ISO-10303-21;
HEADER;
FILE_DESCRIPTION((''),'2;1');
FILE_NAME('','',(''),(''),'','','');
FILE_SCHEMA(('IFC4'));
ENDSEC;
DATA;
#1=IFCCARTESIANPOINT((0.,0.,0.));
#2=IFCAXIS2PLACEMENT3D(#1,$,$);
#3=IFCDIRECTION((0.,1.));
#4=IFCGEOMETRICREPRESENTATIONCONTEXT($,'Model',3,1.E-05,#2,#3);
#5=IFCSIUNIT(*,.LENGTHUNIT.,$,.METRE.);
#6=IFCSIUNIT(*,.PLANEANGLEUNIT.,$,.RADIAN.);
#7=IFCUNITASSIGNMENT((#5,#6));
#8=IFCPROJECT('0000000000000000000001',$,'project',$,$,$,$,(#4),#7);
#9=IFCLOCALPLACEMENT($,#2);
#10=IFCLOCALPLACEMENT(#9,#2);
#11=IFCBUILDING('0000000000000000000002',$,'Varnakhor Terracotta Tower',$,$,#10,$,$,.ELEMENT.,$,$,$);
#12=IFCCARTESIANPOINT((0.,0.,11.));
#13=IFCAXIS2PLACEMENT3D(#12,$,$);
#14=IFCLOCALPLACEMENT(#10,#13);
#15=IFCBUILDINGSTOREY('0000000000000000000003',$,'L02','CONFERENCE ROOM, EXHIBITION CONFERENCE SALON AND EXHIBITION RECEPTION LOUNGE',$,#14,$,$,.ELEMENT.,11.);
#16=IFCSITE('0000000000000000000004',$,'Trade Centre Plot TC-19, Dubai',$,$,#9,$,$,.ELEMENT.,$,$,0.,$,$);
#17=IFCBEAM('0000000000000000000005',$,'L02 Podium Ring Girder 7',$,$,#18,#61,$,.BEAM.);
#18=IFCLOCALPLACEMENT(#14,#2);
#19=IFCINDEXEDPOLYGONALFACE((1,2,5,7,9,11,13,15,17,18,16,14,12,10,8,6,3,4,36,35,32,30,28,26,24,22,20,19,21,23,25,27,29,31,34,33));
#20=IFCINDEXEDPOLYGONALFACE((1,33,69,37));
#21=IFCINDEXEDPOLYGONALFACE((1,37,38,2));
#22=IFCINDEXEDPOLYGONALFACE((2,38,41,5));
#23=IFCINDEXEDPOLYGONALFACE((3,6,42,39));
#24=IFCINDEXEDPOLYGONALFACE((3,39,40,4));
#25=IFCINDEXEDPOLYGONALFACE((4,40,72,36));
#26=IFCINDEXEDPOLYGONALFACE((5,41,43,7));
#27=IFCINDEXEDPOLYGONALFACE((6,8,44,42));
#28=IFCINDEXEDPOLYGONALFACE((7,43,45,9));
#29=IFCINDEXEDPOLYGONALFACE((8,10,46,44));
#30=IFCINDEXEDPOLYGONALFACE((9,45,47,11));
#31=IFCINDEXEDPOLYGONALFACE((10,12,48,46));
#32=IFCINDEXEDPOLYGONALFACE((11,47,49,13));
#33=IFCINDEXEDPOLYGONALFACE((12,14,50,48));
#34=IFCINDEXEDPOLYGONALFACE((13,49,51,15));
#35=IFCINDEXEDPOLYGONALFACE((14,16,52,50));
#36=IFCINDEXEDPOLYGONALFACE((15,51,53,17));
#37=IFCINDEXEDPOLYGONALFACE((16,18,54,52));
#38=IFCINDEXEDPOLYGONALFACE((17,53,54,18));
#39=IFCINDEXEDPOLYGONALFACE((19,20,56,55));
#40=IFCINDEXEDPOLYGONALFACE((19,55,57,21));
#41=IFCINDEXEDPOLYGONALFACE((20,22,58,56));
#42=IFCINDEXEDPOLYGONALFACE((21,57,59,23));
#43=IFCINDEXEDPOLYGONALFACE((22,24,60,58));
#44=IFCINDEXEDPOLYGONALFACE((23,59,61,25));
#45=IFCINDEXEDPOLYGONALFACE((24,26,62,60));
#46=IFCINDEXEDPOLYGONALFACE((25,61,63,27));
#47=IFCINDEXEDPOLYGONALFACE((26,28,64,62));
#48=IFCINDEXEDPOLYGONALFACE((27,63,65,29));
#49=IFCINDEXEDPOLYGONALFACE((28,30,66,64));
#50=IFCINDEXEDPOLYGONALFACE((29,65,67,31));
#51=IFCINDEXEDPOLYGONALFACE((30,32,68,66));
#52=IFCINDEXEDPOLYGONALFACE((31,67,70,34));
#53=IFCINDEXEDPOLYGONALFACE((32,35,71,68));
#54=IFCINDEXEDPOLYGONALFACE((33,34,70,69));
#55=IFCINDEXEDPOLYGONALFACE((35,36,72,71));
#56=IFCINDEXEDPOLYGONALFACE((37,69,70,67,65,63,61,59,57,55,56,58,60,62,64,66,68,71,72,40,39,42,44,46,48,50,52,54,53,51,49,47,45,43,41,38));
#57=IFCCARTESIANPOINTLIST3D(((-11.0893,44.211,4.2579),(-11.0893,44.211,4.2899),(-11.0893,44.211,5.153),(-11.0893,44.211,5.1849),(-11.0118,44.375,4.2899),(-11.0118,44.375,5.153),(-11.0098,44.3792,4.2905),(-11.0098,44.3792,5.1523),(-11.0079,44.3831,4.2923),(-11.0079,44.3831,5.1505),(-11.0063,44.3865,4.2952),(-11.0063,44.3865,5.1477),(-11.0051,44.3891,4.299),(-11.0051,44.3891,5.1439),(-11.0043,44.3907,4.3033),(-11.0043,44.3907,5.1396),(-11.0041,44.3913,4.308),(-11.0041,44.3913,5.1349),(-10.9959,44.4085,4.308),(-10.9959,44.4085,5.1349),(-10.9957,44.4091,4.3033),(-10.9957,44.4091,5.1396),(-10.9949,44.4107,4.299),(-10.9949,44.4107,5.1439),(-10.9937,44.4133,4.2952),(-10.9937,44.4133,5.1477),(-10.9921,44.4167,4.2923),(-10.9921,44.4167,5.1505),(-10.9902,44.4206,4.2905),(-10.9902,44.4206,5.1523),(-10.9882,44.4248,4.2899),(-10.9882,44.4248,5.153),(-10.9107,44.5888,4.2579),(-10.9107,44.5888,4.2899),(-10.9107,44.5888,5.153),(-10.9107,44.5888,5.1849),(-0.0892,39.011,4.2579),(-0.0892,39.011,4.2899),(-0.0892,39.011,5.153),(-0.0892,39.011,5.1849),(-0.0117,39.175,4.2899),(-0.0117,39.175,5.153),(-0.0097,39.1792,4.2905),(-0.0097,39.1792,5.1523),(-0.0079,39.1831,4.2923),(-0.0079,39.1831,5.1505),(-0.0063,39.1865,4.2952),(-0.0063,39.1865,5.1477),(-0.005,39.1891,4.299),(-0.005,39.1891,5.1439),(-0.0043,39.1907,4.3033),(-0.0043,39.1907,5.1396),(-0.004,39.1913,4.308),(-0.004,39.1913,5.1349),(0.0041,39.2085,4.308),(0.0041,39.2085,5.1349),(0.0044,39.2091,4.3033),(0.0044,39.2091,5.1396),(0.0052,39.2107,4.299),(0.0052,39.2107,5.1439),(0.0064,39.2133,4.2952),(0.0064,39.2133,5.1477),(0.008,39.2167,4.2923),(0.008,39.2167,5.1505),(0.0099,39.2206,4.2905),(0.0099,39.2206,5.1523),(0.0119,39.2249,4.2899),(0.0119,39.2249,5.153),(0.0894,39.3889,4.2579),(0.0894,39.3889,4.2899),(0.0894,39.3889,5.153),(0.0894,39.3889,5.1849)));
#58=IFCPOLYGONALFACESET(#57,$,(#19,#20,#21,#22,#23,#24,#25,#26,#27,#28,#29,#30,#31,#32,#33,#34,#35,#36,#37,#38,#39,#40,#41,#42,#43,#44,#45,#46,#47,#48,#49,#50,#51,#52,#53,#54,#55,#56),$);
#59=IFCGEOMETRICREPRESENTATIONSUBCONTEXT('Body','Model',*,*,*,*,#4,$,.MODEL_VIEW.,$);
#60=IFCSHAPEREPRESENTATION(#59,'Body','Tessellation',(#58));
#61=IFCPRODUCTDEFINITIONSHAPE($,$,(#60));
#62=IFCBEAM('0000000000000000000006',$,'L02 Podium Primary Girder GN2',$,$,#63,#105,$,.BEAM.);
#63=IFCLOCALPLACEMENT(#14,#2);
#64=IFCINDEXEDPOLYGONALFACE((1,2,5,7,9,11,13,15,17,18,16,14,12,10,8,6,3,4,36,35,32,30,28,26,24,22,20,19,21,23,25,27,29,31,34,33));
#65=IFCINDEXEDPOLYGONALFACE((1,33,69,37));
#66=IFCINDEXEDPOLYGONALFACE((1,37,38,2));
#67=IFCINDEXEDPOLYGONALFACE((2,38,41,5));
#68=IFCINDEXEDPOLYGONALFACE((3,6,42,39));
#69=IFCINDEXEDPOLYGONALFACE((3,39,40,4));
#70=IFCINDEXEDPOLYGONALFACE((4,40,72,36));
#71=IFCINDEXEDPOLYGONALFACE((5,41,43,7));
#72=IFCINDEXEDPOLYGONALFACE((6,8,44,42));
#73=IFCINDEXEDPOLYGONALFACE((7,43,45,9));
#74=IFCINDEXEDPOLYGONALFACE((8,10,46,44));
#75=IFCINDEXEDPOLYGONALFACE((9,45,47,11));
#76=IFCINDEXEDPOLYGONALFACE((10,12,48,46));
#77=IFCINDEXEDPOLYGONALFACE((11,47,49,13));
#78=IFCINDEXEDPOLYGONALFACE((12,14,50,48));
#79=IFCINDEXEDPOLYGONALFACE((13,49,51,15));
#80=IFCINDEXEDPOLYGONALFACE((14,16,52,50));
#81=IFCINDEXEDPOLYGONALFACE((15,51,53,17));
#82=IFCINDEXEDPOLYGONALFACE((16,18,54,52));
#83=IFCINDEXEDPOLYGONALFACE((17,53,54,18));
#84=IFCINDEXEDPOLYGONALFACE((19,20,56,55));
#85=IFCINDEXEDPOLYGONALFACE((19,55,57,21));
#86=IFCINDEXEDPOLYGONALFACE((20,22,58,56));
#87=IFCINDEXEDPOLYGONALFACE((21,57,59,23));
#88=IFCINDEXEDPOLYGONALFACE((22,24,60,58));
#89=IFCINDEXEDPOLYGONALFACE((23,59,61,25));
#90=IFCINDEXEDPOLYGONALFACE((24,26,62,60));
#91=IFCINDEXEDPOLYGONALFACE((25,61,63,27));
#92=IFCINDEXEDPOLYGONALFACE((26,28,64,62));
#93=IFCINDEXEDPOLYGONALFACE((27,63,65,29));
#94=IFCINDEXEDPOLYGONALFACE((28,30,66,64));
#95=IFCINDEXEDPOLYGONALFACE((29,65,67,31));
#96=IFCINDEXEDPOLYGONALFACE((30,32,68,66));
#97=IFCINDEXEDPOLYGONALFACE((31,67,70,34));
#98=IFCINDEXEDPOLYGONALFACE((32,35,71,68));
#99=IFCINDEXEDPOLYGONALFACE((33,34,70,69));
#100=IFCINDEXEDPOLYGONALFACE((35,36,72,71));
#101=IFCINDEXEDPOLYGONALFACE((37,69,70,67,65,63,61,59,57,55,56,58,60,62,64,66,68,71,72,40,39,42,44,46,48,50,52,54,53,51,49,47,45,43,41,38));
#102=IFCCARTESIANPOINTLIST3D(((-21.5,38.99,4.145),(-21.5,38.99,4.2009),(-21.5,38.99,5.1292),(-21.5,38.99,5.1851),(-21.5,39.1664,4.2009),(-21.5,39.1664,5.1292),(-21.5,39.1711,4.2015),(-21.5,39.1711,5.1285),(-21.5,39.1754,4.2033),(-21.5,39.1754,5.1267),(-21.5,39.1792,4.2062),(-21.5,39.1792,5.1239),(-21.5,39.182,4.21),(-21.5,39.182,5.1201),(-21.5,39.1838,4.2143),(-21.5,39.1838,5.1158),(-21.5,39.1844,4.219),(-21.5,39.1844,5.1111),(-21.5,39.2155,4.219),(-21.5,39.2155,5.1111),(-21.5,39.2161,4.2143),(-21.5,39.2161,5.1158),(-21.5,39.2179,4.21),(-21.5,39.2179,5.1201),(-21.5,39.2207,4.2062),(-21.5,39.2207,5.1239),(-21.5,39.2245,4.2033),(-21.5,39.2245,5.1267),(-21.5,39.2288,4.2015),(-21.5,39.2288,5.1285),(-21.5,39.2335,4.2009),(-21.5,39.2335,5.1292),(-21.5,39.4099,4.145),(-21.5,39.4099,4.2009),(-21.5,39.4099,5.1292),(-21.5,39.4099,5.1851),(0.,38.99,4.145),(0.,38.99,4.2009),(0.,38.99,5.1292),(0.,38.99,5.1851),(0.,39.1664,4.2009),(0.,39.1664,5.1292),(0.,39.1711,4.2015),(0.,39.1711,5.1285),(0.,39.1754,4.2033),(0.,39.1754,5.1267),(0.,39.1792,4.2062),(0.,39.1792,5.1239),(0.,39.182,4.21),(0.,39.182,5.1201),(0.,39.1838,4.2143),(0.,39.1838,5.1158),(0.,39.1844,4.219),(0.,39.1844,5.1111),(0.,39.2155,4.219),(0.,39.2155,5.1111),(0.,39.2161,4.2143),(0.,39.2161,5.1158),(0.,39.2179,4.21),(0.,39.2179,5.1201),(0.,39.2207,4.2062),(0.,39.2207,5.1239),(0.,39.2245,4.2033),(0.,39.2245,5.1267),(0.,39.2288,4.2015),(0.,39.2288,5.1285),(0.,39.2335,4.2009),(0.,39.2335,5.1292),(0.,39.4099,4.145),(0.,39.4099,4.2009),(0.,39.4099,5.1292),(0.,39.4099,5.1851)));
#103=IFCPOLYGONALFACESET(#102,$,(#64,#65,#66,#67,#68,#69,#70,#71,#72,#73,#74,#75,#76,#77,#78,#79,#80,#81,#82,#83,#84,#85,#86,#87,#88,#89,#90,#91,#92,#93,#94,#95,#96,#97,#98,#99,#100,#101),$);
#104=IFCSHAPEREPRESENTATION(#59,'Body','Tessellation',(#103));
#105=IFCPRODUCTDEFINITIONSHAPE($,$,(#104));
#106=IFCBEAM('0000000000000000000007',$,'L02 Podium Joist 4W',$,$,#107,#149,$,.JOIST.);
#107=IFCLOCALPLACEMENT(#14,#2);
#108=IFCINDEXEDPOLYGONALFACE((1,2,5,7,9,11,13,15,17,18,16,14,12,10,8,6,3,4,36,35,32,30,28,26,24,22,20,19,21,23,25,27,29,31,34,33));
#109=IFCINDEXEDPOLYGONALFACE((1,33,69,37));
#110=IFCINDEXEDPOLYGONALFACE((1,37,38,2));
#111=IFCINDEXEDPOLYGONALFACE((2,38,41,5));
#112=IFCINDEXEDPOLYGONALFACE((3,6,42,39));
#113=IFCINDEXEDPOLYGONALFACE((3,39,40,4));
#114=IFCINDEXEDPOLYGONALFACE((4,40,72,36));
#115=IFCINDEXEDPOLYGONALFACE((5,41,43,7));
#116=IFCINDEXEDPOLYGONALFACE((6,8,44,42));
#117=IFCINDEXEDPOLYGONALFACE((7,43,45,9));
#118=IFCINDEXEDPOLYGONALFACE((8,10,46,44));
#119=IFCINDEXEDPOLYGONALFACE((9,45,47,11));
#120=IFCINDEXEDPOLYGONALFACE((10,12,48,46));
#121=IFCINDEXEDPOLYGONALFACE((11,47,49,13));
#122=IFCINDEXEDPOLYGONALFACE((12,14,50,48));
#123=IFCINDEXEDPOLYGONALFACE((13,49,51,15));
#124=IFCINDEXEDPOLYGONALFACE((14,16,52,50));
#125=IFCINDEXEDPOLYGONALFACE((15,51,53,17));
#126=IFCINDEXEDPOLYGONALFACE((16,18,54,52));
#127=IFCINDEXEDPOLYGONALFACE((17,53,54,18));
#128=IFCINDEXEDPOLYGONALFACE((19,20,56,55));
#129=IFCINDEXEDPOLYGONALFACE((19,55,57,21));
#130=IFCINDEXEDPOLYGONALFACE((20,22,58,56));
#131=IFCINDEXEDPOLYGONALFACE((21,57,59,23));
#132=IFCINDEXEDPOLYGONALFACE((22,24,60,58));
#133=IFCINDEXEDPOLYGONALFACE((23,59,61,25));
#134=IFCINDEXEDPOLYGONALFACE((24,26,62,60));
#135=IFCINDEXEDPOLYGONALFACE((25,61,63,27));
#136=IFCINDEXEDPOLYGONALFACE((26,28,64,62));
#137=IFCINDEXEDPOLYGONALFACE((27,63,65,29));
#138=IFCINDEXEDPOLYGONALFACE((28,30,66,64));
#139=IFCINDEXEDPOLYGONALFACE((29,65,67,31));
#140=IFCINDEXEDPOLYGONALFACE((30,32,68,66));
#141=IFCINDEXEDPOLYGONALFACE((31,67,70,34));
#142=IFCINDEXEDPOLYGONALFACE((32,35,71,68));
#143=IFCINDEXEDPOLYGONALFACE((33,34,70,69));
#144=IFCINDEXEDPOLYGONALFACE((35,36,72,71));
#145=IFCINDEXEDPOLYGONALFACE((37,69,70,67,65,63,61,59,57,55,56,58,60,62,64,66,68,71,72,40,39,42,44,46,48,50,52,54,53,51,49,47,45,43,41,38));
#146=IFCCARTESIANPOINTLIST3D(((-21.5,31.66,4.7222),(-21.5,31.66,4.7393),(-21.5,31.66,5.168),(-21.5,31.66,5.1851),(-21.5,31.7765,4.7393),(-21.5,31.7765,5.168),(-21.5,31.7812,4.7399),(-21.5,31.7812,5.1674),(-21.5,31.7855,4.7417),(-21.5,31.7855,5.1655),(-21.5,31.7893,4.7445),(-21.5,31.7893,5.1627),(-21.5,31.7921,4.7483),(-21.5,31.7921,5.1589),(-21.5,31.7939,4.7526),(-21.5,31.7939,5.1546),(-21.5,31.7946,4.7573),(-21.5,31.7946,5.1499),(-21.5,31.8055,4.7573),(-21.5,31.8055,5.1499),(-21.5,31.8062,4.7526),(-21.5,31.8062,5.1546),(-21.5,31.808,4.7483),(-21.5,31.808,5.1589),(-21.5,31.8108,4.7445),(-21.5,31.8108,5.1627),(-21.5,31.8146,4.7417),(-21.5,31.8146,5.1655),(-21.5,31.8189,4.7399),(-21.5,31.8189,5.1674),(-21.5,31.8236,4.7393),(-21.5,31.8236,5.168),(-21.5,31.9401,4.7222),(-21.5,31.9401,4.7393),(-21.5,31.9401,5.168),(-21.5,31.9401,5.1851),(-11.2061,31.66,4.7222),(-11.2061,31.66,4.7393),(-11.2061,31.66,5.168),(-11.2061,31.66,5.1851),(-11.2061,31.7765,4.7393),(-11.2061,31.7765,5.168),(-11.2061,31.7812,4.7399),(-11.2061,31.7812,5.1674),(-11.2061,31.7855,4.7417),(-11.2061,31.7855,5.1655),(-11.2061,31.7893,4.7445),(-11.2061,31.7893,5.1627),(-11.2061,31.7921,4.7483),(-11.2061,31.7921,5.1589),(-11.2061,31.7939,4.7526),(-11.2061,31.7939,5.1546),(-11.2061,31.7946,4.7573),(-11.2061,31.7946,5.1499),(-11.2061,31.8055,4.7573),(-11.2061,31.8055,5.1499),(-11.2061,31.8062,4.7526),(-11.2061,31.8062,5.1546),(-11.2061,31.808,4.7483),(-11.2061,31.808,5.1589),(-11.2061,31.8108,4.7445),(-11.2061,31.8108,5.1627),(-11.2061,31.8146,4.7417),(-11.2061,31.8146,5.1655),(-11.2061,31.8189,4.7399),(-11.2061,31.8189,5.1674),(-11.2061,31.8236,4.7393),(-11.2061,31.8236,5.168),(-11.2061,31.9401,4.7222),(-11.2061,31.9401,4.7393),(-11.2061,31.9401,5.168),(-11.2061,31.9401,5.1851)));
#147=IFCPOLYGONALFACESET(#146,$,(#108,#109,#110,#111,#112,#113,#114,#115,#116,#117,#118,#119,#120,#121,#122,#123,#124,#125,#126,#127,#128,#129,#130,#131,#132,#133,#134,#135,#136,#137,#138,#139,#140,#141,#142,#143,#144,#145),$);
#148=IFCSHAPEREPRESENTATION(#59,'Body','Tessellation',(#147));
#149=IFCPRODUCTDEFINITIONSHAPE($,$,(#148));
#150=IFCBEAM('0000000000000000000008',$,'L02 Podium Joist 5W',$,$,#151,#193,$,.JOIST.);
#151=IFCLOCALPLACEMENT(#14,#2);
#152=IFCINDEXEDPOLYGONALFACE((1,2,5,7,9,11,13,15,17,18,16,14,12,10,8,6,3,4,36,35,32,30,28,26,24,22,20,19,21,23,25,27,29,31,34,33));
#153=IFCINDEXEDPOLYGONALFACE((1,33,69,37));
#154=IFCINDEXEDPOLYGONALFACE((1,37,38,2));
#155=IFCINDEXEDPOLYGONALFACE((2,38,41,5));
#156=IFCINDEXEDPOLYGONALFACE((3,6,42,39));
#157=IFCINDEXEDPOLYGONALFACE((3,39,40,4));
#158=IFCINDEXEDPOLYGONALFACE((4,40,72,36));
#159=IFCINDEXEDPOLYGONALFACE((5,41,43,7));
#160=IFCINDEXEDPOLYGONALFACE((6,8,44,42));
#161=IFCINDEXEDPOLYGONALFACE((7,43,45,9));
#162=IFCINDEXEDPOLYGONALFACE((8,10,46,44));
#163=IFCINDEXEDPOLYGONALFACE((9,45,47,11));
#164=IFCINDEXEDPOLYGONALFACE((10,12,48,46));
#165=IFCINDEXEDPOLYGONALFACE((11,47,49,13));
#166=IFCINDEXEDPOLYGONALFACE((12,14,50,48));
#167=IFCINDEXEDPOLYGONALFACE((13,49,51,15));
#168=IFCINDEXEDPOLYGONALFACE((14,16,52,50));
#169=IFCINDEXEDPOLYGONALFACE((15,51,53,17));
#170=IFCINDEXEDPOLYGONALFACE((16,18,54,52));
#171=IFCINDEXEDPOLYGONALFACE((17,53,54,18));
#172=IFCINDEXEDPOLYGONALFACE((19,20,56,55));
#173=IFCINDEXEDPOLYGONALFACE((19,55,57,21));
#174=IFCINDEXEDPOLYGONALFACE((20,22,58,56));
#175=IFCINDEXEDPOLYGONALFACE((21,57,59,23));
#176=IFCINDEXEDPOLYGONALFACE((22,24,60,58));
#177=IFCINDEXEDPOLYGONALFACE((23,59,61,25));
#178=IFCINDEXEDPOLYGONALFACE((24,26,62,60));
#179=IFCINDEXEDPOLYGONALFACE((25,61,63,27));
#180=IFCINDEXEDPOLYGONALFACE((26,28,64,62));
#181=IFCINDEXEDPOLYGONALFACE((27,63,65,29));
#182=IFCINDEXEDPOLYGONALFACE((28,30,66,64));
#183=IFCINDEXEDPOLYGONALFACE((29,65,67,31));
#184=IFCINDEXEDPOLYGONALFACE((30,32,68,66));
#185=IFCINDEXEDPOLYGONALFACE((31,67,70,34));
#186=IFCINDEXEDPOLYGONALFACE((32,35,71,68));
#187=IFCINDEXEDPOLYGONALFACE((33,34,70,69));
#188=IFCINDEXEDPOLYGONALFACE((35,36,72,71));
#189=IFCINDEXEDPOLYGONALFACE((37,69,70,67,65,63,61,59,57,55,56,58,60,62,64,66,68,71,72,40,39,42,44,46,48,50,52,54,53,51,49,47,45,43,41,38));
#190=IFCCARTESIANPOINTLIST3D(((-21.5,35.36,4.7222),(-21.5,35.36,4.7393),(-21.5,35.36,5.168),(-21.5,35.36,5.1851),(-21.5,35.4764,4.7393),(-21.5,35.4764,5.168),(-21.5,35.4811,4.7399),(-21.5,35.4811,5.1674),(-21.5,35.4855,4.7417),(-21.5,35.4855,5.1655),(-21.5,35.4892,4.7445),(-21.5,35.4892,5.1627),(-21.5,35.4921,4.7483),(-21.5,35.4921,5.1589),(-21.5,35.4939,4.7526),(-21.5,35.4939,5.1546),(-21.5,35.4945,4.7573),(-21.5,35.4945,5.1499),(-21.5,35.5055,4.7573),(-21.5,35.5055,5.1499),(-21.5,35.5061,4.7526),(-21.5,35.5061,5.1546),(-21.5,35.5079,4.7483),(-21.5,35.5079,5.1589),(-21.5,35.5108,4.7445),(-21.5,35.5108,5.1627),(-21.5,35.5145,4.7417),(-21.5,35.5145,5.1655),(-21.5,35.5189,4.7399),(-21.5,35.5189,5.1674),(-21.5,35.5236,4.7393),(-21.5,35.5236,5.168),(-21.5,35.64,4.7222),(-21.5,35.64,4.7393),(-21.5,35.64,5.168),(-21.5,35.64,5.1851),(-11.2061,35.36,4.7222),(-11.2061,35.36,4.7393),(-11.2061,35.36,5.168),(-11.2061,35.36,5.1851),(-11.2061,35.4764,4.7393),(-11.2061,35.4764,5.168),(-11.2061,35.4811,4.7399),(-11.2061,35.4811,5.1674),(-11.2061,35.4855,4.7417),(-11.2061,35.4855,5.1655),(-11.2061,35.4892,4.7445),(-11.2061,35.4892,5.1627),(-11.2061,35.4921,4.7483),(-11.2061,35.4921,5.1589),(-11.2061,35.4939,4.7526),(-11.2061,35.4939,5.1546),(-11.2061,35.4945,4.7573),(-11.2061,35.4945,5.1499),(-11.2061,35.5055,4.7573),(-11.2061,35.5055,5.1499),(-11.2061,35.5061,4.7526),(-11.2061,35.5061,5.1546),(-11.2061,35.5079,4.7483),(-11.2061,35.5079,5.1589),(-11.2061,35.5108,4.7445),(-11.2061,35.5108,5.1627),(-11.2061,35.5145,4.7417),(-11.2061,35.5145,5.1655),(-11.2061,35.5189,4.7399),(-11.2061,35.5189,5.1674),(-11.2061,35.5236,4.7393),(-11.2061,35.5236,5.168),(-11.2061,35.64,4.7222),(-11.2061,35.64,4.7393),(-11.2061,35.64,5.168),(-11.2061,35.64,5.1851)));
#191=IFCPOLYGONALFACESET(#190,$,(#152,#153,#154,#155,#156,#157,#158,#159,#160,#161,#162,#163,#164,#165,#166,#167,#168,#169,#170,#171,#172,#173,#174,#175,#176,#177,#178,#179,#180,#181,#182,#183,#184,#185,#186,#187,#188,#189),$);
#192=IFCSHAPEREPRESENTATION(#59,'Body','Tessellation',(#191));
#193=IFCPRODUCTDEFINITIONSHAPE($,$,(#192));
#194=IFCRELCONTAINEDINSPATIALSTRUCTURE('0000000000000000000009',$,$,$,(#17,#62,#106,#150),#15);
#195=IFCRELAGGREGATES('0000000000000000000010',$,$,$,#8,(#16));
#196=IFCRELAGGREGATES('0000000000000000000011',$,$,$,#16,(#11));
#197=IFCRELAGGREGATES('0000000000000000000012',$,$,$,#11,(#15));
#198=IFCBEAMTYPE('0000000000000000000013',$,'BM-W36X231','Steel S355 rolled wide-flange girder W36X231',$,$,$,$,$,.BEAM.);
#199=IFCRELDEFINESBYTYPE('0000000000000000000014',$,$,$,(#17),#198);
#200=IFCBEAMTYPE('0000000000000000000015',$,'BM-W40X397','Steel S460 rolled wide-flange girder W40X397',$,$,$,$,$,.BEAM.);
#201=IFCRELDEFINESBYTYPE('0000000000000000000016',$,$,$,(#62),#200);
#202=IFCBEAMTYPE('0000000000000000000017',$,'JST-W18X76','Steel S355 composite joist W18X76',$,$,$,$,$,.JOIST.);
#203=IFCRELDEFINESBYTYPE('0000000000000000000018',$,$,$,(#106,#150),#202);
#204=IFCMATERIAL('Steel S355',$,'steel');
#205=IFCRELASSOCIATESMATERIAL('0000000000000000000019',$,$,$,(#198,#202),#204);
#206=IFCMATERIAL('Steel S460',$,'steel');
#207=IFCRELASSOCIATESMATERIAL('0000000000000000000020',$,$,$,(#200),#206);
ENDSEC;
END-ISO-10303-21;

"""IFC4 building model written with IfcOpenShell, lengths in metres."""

from ifc_helpers import new_model, si_unit, direction, frame, origin, origin_2d, place, context, subcontext, project, spatial, i_section, extrude, source, transform, mapped, material, material_profile, profile_set, type_object, type_shapes, element, save


model = new_model("IFC4")

# Units and contexts
model_context = context("Model", 3, precision=1e-05, world=origin(), true_north=direction((0.0, 1.0)))
body_context = subcontext(model_context, "Body", "Model", "MODEL_VIEW")
ifc_project = project(units=[si_unit("LENGTHUNIT", "METRE"), si_unit("PLANEANGLEUNIT", "RADIAN")], contexts=[model_context])

# Site, building, storey
site_placement = place(None, origin())
site = spatial("IfcSite", under=ifc_project, at=site_placement, Name="Trade Centre Plot TC-19, Dubai", CompositionType="ELEMENT", RefElevation=0.0)
building_placement = place(site_placement, origin())
building = spatial("IfcBuilding", under=site, at=building_placement, Name="Varnakhor Terracotta Tower", CompositionType="ELEMENT")
storey_placement = place(building_placement, frame((0.0, 0.0, 11.0)))
storey = spatial("IfcBuildingStorey", under=building, at=storey_placement, Name="L02", Description="CONFERENCE ROOM, EXHIBITION CONFERENCE SALON AND EXHIBITION RECEPTION LOUNGE", CompositionType="ELEMENT", Elevation=11.0)

# Shared definitions
ifc_material_1 = material(Name="Steel S460", Category="steel")

# Beams
ifc_material_2 = material(Name="Steel S355", Category="steel")
ifc_material_profile_1 = material_profile(ifc_material_2, i_section(OverallWidth=0.418, OverallDepth=0.927, WebThickness=0.019, FlangeThickness=0.032, FilletRadius=0.0181, at=origin_2d()), Name="W36X231")
ifc_profile_set_1 = profile_set([ifc_material_profile_1], Name="Steel S355")
beam_type_1 = type_object("IfcBeamType", Name="BM-W36X231", Description="Steel S355 rolled wide-flange girder W36X231", PredefinedType="BEAM", material=ifc_profile_set_1)
shared_shape_1 = source(origin(), body_context, "Body", "SweptSolid", [
    extrude(i_section(OverallWidth=0.418, OverallDepth=0.927, WebThickness=0.019, FlangeThickness=0.032, FilletRadius=0.0181, at=origin_2d()), origin(), (0.0, 0.0, 1.0), 12.1672),
])
beam_1_placement = place(storey_placement, frame((-11.0, 44.3999, 4.7214), z_axis=(0.904074, -0.427376, 0.0), x_axis=(0.427376, 0.904074, 0.0)))
element("IfcBeam", 1, at=beam_1_placement, inside=storey, type_object=beam_type_1, Name="L02 Podium Ring Girder 7", PredefinedType="BEAM", context=body_context, shape_type="MappedRepresentation", body=[
    mapped(shared_shape_1, transform((0.0, 0.0, 0.0), scale=1.0)),
])
ifc_material_profile_2 = material_profile(ifc_material_1, i_section(OverallWidth=0.4199, OverallDepth=1.04, WebThickness=0.031, FlangeThickness=0.0559, FilletRadius=0.0181, at=origin_2d()), Name="W40X397")
ifc_profile_set_2 = profile_set([ifc_material_profile_2], Name="Steel S460")
beam_type_2 = type_object("IfcBeamType", Name="BM-W40X397", Description="Steel S460 rolled wide-flange girder W40X397", PredefinedType="BEAM", material=ifc_profile_set_2)
shared_shape_2 = source(origin(), body_context, "Body", "SweptSolid", [
    extrude(i_section(OverallWidth=0.4199, OverallDepth=1.04, WebThickness=0.031, FlangeThickness=0.0559, FilletRadius=0.0181, at=origin_2d()), origin(), (0.0, 0.0, 1.0), 21.5),
])
beam_2_placement = place(storey_placement, frame((-21.5, 39.2, 4.665), z_axis=(1.0, 0.0, 0.0), x_axis=(0.0, 1.0, 0.0)))
element("IfcBeam", 2, at=beam_2_placement, inside=storey, type_object=beam_type_2, Name="L02 Podium Primary Girder GN2", PredefinedType="BEAM", context=body_context, shape_type="MappedRepresentation", body=[
    mapped(shared_shape_2, transform((0.0, 0.0, 0.0), scale=1.0)),
])
ifc_material_profile_3 = material_profile(ifc_material_2, i_section(OverallWidth=0.28, OverallDepth=0.4629, WebThickness=0.011, FlangeThickness=0.0171, FilletRadius=0.0181, at=origin_2d()), Name="W18X76")
ifc_profile_set_3 = profile_set([ifc_material_profile_3], Name="Steel S355")
beam_type_3 = type_object("IfcBeamType", Name="JST-W18X76", Description="Steel S355 composite joist W18X76", PredefinedType="JOIST", material=ifc_profile_set_3)
shared_shape_3 = source(origin(), body_context, "Body", "SweptSolid", [
    extrude(i_section(OverallWidth=0.28, OverallDepth=0.4629, WebThickness=0.011, FlangeThickness=0.0171, FilletRadius=0.0181, at=origin_2d()), origin(), (0.0, 0.0, 1.0), 10.2939),
])
type_shapes(beam_type_3, [shared_shape_3])
for number, where, z_axis, x_axis, name in (
    (3, (-21.5, 31.8, 4.9536), (1.0, 0.0, 0.0), (0.0, 1.0, 0.0), "L02 Podium Joist 4W"),
    (4, (-21.5, 35.5, 4.9536), (1.0, 0.0, 0.0), (0.0, 1.0, 0.0), "L02 Podium Joist 5W"),
):
    element("IfcBeam", number, at=place(storey_placement, frame(where, z_axis=z_axis, x_axis=x_axis)), inside=storey, type_object=beam_type_3, Name=name, PredefinedType="JOIST", context=body_context, shape_type="MappedRepresentation", body=[
        mapped(shared_shape_3, transform((0.0, 0.0, 0.0), scale=1.0)),
    ])

save(model, "model.ifc")
